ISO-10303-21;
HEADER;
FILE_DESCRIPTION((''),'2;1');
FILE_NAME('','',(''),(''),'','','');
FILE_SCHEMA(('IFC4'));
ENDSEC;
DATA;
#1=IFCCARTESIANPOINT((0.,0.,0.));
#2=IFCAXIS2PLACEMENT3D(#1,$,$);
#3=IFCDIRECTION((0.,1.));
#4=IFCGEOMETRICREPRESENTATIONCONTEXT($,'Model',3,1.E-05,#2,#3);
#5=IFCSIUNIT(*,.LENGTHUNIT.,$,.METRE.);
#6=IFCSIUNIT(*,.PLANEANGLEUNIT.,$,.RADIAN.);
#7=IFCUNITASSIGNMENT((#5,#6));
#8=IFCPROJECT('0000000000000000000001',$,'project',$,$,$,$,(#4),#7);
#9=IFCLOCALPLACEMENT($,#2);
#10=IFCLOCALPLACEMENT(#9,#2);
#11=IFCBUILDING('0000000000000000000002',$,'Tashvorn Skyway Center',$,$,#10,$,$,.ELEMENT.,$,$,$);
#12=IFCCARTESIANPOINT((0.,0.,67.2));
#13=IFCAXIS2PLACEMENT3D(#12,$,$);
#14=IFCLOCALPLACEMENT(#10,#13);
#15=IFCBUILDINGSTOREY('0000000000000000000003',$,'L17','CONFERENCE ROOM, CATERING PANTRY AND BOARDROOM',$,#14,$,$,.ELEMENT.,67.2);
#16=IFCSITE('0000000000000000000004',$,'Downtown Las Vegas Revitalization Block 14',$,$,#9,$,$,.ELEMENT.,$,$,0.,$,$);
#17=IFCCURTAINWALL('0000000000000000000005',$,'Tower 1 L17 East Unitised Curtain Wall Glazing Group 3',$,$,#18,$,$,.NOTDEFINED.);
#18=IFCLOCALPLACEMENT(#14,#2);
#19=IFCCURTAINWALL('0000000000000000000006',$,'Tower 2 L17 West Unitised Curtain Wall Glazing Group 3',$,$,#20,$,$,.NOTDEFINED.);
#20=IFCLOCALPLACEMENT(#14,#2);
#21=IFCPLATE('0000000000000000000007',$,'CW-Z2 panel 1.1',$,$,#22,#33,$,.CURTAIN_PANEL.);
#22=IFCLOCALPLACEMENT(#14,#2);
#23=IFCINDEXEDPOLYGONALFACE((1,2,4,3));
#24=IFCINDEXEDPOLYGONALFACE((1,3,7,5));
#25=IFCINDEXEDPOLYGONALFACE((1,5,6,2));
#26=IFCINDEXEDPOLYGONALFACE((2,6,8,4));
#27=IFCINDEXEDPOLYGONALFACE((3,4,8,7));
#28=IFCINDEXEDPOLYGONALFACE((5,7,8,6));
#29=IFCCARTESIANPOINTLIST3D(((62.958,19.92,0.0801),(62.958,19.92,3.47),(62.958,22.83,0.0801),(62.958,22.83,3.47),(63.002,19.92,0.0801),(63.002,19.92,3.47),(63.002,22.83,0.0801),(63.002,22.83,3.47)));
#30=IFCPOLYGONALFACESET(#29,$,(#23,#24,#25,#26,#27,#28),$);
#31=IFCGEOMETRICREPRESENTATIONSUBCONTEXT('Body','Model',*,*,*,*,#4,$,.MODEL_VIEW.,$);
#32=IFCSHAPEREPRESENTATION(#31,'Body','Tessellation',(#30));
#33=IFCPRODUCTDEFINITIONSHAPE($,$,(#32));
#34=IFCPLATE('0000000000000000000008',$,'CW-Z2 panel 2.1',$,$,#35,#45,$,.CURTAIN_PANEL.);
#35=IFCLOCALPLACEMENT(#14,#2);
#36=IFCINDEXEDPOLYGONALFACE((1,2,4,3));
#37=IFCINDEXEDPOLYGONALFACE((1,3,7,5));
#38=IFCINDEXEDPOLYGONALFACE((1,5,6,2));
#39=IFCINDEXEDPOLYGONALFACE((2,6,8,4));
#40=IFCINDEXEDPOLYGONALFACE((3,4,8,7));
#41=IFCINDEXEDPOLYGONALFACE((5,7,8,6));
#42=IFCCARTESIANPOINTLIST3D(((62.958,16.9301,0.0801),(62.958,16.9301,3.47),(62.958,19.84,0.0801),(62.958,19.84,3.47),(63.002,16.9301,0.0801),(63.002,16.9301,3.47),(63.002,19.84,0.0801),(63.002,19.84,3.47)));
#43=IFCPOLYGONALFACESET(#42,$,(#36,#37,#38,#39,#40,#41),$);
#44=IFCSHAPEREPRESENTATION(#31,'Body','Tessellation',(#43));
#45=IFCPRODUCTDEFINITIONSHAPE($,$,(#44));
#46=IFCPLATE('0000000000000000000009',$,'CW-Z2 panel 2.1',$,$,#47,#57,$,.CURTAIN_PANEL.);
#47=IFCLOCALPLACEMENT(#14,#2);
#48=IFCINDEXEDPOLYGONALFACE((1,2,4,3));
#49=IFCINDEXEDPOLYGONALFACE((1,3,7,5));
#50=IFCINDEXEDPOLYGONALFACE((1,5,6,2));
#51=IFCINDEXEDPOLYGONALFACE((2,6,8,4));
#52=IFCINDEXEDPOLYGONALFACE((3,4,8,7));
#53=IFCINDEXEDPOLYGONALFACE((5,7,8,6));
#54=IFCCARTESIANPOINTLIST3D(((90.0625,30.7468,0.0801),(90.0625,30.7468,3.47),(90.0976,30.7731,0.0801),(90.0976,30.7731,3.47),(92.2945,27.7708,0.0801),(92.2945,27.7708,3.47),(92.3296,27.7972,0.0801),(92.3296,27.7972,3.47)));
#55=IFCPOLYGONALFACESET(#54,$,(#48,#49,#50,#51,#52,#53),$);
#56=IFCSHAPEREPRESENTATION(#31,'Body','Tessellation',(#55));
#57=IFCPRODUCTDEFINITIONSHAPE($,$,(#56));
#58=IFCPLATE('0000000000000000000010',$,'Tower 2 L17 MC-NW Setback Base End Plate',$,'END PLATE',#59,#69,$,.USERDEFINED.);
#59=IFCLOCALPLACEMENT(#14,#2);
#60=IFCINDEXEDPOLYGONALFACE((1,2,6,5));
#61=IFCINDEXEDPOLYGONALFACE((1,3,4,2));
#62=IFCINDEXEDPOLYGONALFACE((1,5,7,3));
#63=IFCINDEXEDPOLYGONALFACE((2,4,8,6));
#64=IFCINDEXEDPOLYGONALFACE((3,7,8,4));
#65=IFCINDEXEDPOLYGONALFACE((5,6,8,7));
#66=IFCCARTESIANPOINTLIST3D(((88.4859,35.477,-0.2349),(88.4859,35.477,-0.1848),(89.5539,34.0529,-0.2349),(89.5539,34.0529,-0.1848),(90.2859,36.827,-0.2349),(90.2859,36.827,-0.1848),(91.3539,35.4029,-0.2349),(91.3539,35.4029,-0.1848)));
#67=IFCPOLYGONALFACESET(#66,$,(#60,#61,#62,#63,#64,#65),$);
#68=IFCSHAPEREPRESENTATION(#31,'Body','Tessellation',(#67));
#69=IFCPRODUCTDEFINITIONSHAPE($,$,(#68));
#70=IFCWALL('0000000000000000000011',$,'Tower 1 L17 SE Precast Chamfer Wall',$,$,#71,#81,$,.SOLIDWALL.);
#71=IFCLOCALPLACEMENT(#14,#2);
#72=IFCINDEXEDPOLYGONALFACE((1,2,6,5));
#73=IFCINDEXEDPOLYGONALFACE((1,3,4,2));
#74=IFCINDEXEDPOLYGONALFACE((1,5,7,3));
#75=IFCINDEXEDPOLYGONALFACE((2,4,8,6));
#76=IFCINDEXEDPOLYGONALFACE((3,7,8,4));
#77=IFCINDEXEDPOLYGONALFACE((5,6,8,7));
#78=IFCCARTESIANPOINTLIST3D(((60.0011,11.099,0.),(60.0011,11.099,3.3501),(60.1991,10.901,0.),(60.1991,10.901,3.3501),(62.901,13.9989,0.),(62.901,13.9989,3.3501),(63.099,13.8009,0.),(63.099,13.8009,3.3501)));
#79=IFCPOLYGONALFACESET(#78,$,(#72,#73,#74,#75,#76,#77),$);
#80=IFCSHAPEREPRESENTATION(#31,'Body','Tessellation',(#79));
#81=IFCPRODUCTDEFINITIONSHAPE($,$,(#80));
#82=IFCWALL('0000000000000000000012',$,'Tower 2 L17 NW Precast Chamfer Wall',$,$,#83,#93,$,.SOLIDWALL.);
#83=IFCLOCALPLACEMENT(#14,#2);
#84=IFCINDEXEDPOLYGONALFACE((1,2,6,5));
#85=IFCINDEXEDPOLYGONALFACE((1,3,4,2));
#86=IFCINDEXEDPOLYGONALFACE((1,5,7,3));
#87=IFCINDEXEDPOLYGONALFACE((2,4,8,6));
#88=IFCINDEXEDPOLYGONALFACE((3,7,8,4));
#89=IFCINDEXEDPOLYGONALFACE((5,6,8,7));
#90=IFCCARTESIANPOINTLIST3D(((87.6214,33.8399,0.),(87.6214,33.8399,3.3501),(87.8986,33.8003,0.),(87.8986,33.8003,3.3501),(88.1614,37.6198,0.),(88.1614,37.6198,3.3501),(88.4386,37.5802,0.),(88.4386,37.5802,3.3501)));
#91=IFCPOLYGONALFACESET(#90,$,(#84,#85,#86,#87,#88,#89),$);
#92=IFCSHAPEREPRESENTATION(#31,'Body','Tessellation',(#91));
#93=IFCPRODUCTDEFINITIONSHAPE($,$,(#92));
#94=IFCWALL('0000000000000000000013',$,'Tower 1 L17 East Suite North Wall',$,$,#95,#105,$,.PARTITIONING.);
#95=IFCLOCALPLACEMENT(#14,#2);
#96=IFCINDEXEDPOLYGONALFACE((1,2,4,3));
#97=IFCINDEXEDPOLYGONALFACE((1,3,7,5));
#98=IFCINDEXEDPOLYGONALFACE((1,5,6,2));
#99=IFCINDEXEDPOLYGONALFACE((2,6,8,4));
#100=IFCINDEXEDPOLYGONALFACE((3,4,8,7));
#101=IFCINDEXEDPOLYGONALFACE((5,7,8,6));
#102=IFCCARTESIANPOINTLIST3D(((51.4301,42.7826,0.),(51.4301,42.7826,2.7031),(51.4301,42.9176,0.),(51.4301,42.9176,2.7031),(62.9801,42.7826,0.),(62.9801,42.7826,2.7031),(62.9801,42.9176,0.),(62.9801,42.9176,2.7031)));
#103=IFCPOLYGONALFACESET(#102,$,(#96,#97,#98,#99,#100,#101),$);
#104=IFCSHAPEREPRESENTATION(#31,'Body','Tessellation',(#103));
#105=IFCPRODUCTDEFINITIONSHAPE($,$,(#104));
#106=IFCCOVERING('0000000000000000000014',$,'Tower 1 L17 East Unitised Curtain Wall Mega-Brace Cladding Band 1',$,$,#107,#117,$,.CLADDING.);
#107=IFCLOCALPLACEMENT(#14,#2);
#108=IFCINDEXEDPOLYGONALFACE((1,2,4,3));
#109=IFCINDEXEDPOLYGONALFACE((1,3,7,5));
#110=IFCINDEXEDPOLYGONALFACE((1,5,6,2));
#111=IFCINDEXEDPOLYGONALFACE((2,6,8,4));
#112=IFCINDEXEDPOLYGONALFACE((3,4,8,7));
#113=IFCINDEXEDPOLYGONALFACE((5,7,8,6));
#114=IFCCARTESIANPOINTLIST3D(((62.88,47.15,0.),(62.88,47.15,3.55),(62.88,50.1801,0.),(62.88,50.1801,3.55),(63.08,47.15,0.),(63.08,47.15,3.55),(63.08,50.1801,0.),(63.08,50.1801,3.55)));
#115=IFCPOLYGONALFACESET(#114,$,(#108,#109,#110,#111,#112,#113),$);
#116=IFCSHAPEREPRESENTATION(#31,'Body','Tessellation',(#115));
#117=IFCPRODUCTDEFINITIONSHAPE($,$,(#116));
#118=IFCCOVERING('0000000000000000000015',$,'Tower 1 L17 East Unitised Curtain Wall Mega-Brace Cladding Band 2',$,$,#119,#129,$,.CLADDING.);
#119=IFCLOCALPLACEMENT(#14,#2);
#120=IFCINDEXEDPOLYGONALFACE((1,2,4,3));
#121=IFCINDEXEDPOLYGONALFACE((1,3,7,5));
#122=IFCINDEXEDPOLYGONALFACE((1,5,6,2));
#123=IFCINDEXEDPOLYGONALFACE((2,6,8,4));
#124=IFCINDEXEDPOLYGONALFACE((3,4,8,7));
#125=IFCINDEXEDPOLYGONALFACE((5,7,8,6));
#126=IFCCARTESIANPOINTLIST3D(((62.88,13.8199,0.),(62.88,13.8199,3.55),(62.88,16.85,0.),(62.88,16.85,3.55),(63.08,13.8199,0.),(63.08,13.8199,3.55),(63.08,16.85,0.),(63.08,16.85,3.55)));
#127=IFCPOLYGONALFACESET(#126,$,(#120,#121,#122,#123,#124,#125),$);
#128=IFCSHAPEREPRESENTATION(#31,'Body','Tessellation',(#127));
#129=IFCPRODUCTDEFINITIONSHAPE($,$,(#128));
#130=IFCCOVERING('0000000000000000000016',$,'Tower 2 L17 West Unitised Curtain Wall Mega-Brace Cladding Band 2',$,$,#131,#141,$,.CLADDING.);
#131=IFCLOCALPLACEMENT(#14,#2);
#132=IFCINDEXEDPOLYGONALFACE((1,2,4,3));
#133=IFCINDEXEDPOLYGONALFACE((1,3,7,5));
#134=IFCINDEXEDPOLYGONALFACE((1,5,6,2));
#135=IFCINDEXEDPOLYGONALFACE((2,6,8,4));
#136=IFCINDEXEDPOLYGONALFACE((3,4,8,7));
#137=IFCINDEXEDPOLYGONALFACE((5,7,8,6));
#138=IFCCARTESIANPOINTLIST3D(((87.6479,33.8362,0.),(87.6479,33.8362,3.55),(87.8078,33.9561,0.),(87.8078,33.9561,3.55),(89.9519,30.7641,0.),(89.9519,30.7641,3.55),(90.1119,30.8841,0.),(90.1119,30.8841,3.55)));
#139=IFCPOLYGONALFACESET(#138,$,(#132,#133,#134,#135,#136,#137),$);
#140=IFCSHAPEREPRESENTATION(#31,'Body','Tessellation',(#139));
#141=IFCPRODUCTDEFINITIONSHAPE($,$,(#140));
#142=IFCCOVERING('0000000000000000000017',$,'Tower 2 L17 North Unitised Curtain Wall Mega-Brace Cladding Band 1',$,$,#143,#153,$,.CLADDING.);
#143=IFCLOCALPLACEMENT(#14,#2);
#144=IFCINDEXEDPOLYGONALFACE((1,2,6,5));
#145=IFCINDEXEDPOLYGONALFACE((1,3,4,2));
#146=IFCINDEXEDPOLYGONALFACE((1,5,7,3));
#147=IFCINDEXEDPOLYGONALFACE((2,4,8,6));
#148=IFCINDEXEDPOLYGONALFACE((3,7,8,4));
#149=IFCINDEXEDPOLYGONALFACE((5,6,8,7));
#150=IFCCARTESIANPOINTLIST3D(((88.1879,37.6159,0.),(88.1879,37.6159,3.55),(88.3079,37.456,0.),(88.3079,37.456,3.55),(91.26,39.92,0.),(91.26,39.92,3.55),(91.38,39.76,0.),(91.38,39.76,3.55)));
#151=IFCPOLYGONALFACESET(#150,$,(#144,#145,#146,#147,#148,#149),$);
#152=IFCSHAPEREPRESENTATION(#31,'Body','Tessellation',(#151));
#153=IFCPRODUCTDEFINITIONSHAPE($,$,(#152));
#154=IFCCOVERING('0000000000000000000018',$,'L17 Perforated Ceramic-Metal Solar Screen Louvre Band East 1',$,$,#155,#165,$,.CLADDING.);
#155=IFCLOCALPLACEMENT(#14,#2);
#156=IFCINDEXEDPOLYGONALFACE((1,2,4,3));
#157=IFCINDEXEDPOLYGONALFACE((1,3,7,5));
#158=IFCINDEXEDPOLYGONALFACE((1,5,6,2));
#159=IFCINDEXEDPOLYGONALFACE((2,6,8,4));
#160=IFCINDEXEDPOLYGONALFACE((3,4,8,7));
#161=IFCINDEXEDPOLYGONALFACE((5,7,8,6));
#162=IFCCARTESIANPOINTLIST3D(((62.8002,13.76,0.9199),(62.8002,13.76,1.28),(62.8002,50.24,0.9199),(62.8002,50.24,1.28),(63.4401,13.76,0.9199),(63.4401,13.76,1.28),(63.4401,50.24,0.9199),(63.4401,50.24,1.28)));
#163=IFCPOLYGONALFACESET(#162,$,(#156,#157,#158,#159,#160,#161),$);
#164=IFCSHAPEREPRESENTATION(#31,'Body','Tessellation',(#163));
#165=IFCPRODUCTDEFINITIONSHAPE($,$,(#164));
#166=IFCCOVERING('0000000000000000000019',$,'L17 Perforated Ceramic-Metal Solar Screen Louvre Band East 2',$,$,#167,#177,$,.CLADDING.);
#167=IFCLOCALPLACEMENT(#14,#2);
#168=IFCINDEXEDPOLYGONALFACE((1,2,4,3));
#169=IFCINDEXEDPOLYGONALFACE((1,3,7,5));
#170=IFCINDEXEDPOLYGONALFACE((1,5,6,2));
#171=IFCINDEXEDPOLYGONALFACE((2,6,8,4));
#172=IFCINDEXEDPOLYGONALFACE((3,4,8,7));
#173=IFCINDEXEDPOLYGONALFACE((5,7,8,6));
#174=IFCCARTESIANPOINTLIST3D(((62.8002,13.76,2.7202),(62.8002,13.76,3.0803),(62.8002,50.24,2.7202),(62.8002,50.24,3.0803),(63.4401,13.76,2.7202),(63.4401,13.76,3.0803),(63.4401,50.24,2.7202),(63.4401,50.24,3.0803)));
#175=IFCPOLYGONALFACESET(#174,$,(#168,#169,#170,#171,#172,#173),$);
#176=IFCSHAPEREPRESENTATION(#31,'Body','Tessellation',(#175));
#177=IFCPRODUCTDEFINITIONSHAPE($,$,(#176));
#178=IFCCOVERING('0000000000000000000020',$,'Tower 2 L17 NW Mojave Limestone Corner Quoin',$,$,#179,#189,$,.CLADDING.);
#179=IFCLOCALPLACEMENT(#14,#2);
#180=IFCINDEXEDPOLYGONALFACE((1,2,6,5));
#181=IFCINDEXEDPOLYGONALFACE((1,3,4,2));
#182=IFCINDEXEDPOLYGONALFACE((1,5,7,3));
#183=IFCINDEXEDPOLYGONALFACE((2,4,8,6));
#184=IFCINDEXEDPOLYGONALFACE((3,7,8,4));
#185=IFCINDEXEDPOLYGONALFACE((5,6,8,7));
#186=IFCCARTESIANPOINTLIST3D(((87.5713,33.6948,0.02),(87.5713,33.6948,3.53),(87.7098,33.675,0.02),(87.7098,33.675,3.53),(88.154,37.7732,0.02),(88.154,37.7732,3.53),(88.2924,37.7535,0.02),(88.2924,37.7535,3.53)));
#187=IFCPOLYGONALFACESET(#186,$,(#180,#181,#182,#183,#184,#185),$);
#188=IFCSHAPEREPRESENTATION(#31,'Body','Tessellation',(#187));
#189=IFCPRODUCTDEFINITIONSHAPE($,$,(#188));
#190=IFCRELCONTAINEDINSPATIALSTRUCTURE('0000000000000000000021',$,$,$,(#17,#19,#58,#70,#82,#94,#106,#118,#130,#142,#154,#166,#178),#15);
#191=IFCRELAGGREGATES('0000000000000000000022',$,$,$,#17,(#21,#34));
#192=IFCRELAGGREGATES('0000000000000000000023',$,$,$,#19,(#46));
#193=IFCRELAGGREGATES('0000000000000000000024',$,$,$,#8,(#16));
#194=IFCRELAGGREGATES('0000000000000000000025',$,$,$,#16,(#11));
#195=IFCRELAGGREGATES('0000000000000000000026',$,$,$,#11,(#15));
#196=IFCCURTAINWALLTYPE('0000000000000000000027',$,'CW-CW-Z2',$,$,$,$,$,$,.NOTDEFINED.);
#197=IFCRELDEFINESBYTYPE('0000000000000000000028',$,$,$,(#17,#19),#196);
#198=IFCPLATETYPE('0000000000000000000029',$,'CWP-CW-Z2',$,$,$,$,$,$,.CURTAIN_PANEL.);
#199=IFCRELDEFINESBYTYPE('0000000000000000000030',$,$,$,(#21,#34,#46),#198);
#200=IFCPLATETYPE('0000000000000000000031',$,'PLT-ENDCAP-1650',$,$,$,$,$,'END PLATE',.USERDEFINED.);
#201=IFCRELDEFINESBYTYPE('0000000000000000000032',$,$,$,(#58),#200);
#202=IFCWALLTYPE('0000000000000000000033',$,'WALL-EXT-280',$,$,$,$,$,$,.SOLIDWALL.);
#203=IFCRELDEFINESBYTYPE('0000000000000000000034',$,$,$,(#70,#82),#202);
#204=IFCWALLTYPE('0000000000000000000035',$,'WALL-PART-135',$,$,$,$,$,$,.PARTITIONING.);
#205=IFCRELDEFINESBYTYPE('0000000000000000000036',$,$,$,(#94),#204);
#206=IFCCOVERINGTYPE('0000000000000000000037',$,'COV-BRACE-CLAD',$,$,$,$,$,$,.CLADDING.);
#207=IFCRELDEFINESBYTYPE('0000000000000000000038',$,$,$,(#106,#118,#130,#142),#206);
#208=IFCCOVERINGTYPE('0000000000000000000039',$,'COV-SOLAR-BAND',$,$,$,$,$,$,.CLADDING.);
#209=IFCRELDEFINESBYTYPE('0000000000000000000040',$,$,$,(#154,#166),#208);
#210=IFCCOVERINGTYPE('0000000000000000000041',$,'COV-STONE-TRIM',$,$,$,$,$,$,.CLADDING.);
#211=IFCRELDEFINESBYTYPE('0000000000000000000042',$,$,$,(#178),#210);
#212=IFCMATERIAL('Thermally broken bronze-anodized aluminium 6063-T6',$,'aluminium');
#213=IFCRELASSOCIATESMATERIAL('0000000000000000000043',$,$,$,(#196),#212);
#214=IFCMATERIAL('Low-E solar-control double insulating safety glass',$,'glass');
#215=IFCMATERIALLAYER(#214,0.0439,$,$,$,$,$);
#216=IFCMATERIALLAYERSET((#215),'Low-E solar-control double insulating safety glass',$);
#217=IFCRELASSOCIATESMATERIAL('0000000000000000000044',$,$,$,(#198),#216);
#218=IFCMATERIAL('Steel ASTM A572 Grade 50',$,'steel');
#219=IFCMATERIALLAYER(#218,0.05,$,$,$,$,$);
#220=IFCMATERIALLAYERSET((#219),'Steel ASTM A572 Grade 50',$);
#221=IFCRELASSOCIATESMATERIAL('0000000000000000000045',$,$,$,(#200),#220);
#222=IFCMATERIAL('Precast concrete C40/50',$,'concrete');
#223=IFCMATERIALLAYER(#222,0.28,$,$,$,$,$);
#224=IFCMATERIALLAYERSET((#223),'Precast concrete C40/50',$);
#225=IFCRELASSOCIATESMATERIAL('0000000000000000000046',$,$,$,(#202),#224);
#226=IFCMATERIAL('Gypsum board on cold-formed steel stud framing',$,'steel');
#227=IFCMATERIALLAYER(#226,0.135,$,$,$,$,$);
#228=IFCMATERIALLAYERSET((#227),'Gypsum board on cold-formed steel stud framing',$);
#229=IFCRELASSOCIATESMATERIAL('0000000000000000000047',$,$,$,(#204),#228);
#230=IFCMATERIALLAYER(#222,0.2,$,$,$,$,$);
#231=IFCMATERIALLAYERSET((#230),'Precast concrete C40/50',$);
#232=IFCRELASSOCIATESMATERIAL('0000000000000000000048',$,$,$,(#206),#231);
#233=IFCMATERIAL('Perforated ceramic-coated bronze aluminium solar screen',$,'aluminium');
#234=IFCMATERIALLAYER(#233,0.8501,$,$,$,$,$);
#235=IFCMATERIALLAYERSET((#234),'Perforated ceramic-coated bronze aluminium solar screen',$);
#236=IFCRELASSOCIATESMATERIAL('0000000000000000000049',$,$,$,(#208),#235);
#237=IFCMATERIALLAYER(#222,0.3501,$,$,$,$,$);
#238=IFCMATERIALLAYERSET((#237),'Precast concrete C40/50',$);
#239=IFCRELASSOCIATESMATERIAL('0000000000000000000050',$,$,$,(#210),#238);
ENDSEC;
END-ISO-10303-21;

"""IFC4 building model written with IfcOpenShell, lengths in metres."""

from ifc_helpers import new_model, si_unit, direction, frame, frame_2d, origin, origin_2d, place, context, subcontext, project, spatial, rectangle, extrude, material, layer, layer_set, type_object, element, aggregate, save


model = new_model("IFC4")

# Units and contexts
model_context = context("Model", 3, precision=1e-05, world=origin(), true_north=direction((0.0, 1.0)))
body_context = subcontext(model_context, "Body", "Model", "MODEL_VIEW")
ifc_project = project(units=[si_unit("LENGTHUNIT", "METRE"), si_unit("PLANEANGLEUNIT", "RADIAN")], contexts=[model_context])

# Site, building, storey
site_placement = place(None, origin())
site = spatial("IfcSite", under=ifc_project, at=site_placement, Name="Downtown Las Vegas Revitalization Block 14", CompositionType="ELEMENT", RefElevation=0.0)
building_placement = place(site_placement, origin())
building = spatial("IfcBuilding", under=site, at=building_placement, Name="Tashvorn Skyway Center", CompositionType="ELEMENT")
storey_placement = place(building_placement, frame((0.0, 0.0, 67.2)))
storey = spatial("IfcBuildingStorey", under=building, at=storey_placement, Name="L17", Description="CONFERENCE ROOM, CATERING PANTRY AND BOARDROOM", CompositionType="ELEMENT", Elevation=67.2)

# Shared definitions
ifc_material_1 = material(Name="Steel ASTM A572 Grade 50", Category="steel")

# Curtain wall
ifc_material_2 = material(Name="Thermally broken bronze-anodized aluminium 6063-T6", Category="aluminium")
curtain_wall_type = type_object("IfcCurtainWallType", Name="CW-CW-Z2", PredefinedType="NOTDEFINED", material=ifc_material_2)
curtain_wall_1_placement = place(storey_placement, origin())
curtain_wall_1 = element("IfcCurtainWall", 1, at=curtain_wall_1_placement, inside=storey, type_object=curtain_wall_type, Name="Tower 1 L17 East Unitised Curtain Wall Glazing Group 3", PredefinedType="NOTDEFINED")

# Curtain wall
curtain_wall_2_placement = place(storey_placement, origin())
curtain_wall_2 = element("IfcCurtainWall", 2, at=curtain_wall_2_placement, inside=storey, type_object=curtain_wall_type, Name="Tower 2 L17 West Unitised Curtain Wall Glazing Group 3", PredefinedType="NOTDEFINED")

# Plates
ifc_material_3 = material(Name="Low-E solar-control double insulating safety glass", Category="glass")
ifc_layer_1 = layer(ifc_material_3, 0.0439)
ifc_layer_set_1 = layer_set([ifc_layer_1], Name="Low-E solar-control double insulating safety glass")
plate_type_1 = type_object("IfcPlateType", Name="CWP-CW-Z2", PredefinedType="CURTAIN_PANEL", material=ifc_layer_set_1)
plate_1_placement = place(storey_placement, frame((62.98, 21.375, 0.0801), z_axis=(0.0, 0.0, 1.0), x_axis=(0.0, -1.0, 0.0)))
plate_1 = element("IfcPlate", 3, at=plate_1_placement, type_object=plate_type_1, Name="CW-Z2 panel 1.1", PredefinedType="CURTAIN_PANEL", context=body_context, shape_type="SweptSolid", body=[
    extrude(rectangle(XDim=2.9099, YDim=0.0439, at=origin_2d()), origin(), (0.0, 0.0, 1.0), 3.3899),
])
plate_2_placement = place(storey_placement, frame((62.98, 18.385, 0.0801), z_axis=(0.0, 0.0, 1.0), x_axis=(0.0, -1.0, 0.0)))
plate_2 = element("IfcPlate", 4, at=plate_2_placement, type_object=plate_type_1, Name="CW-Z2 panel 2.1", PredefinedType="CURTAIN_PANEL", context=body_context, shape_type="SweptSolid", body=[
    extrude(rectangle(XDim=2.9099, YDim=0.0439, at=origin_2d()), origin(), (0.0, 0.0, 1.0), 3.3899),
])
aggregate(curtain_wall_1, [plate_1, plate_2])
plate_3_placement = place(storey_placement, frame((91.196, 29.272, 0.0801), z_axis=(0.0, 0.0, 1.0), x_axis=(-0.6, 0.8, 0.0)))
plate_3 = element("IfcPlate", 5, at=plate_3_placement, type_object=plate_type_1, Name="CW-Z2 panel 2.1", PredefinedType="CURTAIN_PANEL", context=body_context, shape_type="SweptSolid", body=[
    extrude(rectangle(XDim=3.72, YDim=0.0439, at=origin_2d()), origin(), (0.0, 0.0, 1.0), 3.3899),
])
aggregate(curtain_wall_2, [plate_3])
ifc_layer_2 = layer(ifc_material_1, 0.05)
ifc_layer_set_2 = layer_set([ifc_layer_2], Name="Steel ASTM A572 Grade 50")
plate_type_2 = type_object("IfcPlateType", Name="PLT-ENDCAP-1650", ElementType="END PLATE", PredefinedType="USERDEFINED", material=ifc_layer_set_2)
plate_4_placement = place(storey_placement, frame((89.9199, 35.4399, -0.2349), z_axis=(0.0, 0.0, 1.0), x_axis=(0.8, 0.6, 0.0)))
element("IfcPlate", 6, at=plate_4_placement, inside=storey, type_object=plate_type_2, Name="Tower 2 L17 MC-NW Setback Base End Plate", ObjectType="END PLATE", PredefinedType="USERDEFINED", context=body_context, shape_type="SweptSolid", body=[
    extrude(rectangle(XDim=2.25, YDim=1.78, at=origin_2d()), origin(), (0.0, 0.0, 1.0), 0.05),
])

# Walls
ifc_material_4 = material(Name="Precast concrete C40/50", Category="concrete")
ifc_layer_3 = layer(ifc_material_4, 0.28)
ifc_layer_set_3 = layer_set([ifc_layer_3], Name="Precast concrete C40/50")
wall_type_1 = type_object("IfcWallType", Name="WALL-EXT-280", PredefinedType="SOLIDWALL", material=ifc_layer_set_3)
wall_1_placement = place(storey_placement, frame((63.0, 13.8999, 0.0), z_axis=(0.0, 0.0, 1.0), x_axis=(-0.707107, -0.707107, 0.0)))
element("IfcWall", 7, at=wall_1_placement, inside=storey, type_object=wall_type_1, Name="Tower 1 L17 SE Precast Chamfer Wall", PredefinedType="SOLIDWALL", context=body_context, shape_type="SweptSolid", body=[
    extrude(rectangle(XDim=4.1011, YDim=0.28, at=frame_2d((2.0505, 0.0))), origin(), (0.0, 0.0, 1.0), 3.3501),
])
wall_2_placement = place(storey_placement, frame((87.76, 33.8201, 0.0), z_axis=(0.0, 0.0, 1.0), x_axis=(0.14143, 0.989948, 0.0)))
element("IfcWall", 8, at=wall_2_placement, inside=storey, type_object=wall_type_1, Name="Tower 2 L17 NW Precast Chamfer Wall", PredefinedType="SOLIDWALL", context=body_context, shape_type="SweptSolid", body=[
    extrude(rectangle(XDim=3.8184, YDim=0.28, at=frame_2d((1.9092, 0.0))), origin(), (0.0, 0.0, 1.0), 3.3501),
])
ifc_material_5 = material(Name="Gypsum board on cold-formed steel stud framing", Category="steel")
ifc_layer_4 = layer(ifc_material_5, 0.135)
ifc_layer_set_4 = layer_set([ifc_layer_4], Name="Gypsum board on cold-formed steel stud framing")
wall_type_2 = type_object("IfcWallType", Name="WALL-PART-135", PredefinedType="PARTITIONING", material=ifc_layer_set_4)
wall_3_placement = place(storey_placement, frame((62.98, 42.8501, 0.0), z_axis=(0.0, 0.0, 1.0), x_axis=(-1.0, 0.0, 0.0)))
element("IfcWall", 9, at=wall_3_placement, inside=storey, type_object=wall_type_2, Name="Tower 1 L17 East Suite North Wall", PredefinedType="PARTITIONING", context=body_context, shape_type="SweptSolid", body=[
    extrude(rectangle(XDim=11.55, YDim=0.135, at=frame_2d((5.7749, 0.0))), origin(), (0.0, 0.0, 1.0), 2.7031),
])

# Coverings
ifc_layer_5 = layer(ifc_material_4, 0.2)
ifc_layer_set_5 = layer_set([ifc_layer_5], Name="Precast concrete C40/50")
covering_type_1 = type_object("IfcCoveringType", Name="COV-BRACE-CLAD", PredefinedType="CLADDING", material=ifc_layer_set_5)
for number, where, z_axis, x_axis, name in (
    (10, (62.98, 48.665, 0.0), (0.0, 0.0, 1.0), (0.0, -1.0, 0.0), "Tower 1 L17 East Unitised Curtain Wall Mega-Brace Cladding Band 1"),
    (11, (62.98, 15.335, 0.0), (0.0, 0.0, 1.0), (0.0, -1.0, 0.0), "Tower 1 L17 East Unitised Curtain Wall Mega-Brace Cladding Band 2"),
):
    element("IfcCovering", number, at=place(storey_placement, frame(where, z_axis=z_axis, x_axis=x_axis)), inside=storey, type_object=covering_type_1, Name=name, PredefinedType="CLADDING", context=body_context, shape_type="SweptSolid", body=[
        extrude(rectangle(XDim=3.03, YDim=0.2, at=origin_2d()), origin(), (0.0, 0.0, 1.0), 3.55),
    ])
for number, where, z_axis, x_axis, name in (
    (12, (88.8799, 32.3601, 0.0), (0.0, 0.0, 1.0), (-0.6, 0.8, 0.0), "Tower 2 L17 West Unitised Curtain Wall Mega-Brace Cladding Band 2"),
    (13, (89.7839, 38.688, 0.0), (0.0, 0.0, 1.0), (0.8, 0.6, 0.0), "Tower 2 L17 North Unitised Curtain Wall Mega-Brace Cladding Band 1"),
):
    element("IfcCovering", number, at=place(storey_placement, frame(where, z_axis=z_axis, x_axis=x_axis)), inside=storey, type_object=covering_type_1, Name=name, PredefinedType="CLADDING", context=body_context, shape_type="SweptSolid", body=[
        extrude(rectangle(XDim=3.8401, YDim=0.2, at=origin_2d()), origin(), (0.0, 0.0, 1.0), 3.55),
    ])
ifc_material_6 = material(Name="Perforated ceramic-coated bronze aluminium solar screen", Category="aluminium")
ifc_layer_6 = layer(ifc_material_6, 0.8501)
ifc_layer_set_6 = layer_set([ifc_layer_6], Name="Perforated ceramic-coated bronze aluminium solar screen")
covering_type_2 = type_object("IfcCoveringType", Name="COV-SOLAR-BAND", PredefinedType="CLADDING", material=ifc_layer_set_6)
for number, where, z_axis, x_axis, name in (
    (14, (63.1201, 32.0, 0.9199), (0.0, 0.0, 1.0), (0.0, -1.0, 0.0), "L17 Perforated Ceramic-Metal Solar Screen Louvre Band East 1"),
    (15, (63.1201, 32.0, 2.7202), (0.0, 0.0, 1.0), (0.0, -1.0, 0.0), "L17 Perforated Ceramic-Metal Solar Screen Louvre Band East 2"),
):
    element("IfcCovering", number, at=place(storey_placement, frame(where, z_axis=z_axis, x_axis=x_axis)), inside=storey, type_object=covering_type_2, Name=name, PredefinedType="CLADDING", context=body_context, shape_type="SweptSolid", body=[
        extrude(rectangle(XDim=36.48, YDim=0.6399, at=origin_2d()), origin(), (0.0, 0.0, 1.0), 0.3601),
    ])
ifc_layer_7 = layer(ifc_material_4, 0.3501)
ifc_layer_set_7 = layer_set([ifc_layer_7], Name="Precast concrete C40/50")
covering_type_3 = type_object("IfcCoveringType", Name="COV-STONE-TRIM", PredefinedType="CLADDING", material=ifc_layer_set_7)
covering_placement = place(storey_placement, frame((87.9319, 35.7241, 0.02), z_axis=(0.0, 0.0, 1.0), x_axis=(-0.141421, -0.989949, 0.0)))
element("IfcCovering", 16, at=covering_placement, inside=storey, type_object=covering_type_3, Name="Tower 2 L17 NW Mojave Limestone Corner Quoin", PredefinedType="CLADDING", context=body_context, shape_type="SweptSolid", body=[
    extrude(rectangle(XDim=4.1199, YDim=0.1399, at=origin_2d()), origin(), (0.0, 0.0, 1.0), 3.51),
])

save(model, "model.ifc")
